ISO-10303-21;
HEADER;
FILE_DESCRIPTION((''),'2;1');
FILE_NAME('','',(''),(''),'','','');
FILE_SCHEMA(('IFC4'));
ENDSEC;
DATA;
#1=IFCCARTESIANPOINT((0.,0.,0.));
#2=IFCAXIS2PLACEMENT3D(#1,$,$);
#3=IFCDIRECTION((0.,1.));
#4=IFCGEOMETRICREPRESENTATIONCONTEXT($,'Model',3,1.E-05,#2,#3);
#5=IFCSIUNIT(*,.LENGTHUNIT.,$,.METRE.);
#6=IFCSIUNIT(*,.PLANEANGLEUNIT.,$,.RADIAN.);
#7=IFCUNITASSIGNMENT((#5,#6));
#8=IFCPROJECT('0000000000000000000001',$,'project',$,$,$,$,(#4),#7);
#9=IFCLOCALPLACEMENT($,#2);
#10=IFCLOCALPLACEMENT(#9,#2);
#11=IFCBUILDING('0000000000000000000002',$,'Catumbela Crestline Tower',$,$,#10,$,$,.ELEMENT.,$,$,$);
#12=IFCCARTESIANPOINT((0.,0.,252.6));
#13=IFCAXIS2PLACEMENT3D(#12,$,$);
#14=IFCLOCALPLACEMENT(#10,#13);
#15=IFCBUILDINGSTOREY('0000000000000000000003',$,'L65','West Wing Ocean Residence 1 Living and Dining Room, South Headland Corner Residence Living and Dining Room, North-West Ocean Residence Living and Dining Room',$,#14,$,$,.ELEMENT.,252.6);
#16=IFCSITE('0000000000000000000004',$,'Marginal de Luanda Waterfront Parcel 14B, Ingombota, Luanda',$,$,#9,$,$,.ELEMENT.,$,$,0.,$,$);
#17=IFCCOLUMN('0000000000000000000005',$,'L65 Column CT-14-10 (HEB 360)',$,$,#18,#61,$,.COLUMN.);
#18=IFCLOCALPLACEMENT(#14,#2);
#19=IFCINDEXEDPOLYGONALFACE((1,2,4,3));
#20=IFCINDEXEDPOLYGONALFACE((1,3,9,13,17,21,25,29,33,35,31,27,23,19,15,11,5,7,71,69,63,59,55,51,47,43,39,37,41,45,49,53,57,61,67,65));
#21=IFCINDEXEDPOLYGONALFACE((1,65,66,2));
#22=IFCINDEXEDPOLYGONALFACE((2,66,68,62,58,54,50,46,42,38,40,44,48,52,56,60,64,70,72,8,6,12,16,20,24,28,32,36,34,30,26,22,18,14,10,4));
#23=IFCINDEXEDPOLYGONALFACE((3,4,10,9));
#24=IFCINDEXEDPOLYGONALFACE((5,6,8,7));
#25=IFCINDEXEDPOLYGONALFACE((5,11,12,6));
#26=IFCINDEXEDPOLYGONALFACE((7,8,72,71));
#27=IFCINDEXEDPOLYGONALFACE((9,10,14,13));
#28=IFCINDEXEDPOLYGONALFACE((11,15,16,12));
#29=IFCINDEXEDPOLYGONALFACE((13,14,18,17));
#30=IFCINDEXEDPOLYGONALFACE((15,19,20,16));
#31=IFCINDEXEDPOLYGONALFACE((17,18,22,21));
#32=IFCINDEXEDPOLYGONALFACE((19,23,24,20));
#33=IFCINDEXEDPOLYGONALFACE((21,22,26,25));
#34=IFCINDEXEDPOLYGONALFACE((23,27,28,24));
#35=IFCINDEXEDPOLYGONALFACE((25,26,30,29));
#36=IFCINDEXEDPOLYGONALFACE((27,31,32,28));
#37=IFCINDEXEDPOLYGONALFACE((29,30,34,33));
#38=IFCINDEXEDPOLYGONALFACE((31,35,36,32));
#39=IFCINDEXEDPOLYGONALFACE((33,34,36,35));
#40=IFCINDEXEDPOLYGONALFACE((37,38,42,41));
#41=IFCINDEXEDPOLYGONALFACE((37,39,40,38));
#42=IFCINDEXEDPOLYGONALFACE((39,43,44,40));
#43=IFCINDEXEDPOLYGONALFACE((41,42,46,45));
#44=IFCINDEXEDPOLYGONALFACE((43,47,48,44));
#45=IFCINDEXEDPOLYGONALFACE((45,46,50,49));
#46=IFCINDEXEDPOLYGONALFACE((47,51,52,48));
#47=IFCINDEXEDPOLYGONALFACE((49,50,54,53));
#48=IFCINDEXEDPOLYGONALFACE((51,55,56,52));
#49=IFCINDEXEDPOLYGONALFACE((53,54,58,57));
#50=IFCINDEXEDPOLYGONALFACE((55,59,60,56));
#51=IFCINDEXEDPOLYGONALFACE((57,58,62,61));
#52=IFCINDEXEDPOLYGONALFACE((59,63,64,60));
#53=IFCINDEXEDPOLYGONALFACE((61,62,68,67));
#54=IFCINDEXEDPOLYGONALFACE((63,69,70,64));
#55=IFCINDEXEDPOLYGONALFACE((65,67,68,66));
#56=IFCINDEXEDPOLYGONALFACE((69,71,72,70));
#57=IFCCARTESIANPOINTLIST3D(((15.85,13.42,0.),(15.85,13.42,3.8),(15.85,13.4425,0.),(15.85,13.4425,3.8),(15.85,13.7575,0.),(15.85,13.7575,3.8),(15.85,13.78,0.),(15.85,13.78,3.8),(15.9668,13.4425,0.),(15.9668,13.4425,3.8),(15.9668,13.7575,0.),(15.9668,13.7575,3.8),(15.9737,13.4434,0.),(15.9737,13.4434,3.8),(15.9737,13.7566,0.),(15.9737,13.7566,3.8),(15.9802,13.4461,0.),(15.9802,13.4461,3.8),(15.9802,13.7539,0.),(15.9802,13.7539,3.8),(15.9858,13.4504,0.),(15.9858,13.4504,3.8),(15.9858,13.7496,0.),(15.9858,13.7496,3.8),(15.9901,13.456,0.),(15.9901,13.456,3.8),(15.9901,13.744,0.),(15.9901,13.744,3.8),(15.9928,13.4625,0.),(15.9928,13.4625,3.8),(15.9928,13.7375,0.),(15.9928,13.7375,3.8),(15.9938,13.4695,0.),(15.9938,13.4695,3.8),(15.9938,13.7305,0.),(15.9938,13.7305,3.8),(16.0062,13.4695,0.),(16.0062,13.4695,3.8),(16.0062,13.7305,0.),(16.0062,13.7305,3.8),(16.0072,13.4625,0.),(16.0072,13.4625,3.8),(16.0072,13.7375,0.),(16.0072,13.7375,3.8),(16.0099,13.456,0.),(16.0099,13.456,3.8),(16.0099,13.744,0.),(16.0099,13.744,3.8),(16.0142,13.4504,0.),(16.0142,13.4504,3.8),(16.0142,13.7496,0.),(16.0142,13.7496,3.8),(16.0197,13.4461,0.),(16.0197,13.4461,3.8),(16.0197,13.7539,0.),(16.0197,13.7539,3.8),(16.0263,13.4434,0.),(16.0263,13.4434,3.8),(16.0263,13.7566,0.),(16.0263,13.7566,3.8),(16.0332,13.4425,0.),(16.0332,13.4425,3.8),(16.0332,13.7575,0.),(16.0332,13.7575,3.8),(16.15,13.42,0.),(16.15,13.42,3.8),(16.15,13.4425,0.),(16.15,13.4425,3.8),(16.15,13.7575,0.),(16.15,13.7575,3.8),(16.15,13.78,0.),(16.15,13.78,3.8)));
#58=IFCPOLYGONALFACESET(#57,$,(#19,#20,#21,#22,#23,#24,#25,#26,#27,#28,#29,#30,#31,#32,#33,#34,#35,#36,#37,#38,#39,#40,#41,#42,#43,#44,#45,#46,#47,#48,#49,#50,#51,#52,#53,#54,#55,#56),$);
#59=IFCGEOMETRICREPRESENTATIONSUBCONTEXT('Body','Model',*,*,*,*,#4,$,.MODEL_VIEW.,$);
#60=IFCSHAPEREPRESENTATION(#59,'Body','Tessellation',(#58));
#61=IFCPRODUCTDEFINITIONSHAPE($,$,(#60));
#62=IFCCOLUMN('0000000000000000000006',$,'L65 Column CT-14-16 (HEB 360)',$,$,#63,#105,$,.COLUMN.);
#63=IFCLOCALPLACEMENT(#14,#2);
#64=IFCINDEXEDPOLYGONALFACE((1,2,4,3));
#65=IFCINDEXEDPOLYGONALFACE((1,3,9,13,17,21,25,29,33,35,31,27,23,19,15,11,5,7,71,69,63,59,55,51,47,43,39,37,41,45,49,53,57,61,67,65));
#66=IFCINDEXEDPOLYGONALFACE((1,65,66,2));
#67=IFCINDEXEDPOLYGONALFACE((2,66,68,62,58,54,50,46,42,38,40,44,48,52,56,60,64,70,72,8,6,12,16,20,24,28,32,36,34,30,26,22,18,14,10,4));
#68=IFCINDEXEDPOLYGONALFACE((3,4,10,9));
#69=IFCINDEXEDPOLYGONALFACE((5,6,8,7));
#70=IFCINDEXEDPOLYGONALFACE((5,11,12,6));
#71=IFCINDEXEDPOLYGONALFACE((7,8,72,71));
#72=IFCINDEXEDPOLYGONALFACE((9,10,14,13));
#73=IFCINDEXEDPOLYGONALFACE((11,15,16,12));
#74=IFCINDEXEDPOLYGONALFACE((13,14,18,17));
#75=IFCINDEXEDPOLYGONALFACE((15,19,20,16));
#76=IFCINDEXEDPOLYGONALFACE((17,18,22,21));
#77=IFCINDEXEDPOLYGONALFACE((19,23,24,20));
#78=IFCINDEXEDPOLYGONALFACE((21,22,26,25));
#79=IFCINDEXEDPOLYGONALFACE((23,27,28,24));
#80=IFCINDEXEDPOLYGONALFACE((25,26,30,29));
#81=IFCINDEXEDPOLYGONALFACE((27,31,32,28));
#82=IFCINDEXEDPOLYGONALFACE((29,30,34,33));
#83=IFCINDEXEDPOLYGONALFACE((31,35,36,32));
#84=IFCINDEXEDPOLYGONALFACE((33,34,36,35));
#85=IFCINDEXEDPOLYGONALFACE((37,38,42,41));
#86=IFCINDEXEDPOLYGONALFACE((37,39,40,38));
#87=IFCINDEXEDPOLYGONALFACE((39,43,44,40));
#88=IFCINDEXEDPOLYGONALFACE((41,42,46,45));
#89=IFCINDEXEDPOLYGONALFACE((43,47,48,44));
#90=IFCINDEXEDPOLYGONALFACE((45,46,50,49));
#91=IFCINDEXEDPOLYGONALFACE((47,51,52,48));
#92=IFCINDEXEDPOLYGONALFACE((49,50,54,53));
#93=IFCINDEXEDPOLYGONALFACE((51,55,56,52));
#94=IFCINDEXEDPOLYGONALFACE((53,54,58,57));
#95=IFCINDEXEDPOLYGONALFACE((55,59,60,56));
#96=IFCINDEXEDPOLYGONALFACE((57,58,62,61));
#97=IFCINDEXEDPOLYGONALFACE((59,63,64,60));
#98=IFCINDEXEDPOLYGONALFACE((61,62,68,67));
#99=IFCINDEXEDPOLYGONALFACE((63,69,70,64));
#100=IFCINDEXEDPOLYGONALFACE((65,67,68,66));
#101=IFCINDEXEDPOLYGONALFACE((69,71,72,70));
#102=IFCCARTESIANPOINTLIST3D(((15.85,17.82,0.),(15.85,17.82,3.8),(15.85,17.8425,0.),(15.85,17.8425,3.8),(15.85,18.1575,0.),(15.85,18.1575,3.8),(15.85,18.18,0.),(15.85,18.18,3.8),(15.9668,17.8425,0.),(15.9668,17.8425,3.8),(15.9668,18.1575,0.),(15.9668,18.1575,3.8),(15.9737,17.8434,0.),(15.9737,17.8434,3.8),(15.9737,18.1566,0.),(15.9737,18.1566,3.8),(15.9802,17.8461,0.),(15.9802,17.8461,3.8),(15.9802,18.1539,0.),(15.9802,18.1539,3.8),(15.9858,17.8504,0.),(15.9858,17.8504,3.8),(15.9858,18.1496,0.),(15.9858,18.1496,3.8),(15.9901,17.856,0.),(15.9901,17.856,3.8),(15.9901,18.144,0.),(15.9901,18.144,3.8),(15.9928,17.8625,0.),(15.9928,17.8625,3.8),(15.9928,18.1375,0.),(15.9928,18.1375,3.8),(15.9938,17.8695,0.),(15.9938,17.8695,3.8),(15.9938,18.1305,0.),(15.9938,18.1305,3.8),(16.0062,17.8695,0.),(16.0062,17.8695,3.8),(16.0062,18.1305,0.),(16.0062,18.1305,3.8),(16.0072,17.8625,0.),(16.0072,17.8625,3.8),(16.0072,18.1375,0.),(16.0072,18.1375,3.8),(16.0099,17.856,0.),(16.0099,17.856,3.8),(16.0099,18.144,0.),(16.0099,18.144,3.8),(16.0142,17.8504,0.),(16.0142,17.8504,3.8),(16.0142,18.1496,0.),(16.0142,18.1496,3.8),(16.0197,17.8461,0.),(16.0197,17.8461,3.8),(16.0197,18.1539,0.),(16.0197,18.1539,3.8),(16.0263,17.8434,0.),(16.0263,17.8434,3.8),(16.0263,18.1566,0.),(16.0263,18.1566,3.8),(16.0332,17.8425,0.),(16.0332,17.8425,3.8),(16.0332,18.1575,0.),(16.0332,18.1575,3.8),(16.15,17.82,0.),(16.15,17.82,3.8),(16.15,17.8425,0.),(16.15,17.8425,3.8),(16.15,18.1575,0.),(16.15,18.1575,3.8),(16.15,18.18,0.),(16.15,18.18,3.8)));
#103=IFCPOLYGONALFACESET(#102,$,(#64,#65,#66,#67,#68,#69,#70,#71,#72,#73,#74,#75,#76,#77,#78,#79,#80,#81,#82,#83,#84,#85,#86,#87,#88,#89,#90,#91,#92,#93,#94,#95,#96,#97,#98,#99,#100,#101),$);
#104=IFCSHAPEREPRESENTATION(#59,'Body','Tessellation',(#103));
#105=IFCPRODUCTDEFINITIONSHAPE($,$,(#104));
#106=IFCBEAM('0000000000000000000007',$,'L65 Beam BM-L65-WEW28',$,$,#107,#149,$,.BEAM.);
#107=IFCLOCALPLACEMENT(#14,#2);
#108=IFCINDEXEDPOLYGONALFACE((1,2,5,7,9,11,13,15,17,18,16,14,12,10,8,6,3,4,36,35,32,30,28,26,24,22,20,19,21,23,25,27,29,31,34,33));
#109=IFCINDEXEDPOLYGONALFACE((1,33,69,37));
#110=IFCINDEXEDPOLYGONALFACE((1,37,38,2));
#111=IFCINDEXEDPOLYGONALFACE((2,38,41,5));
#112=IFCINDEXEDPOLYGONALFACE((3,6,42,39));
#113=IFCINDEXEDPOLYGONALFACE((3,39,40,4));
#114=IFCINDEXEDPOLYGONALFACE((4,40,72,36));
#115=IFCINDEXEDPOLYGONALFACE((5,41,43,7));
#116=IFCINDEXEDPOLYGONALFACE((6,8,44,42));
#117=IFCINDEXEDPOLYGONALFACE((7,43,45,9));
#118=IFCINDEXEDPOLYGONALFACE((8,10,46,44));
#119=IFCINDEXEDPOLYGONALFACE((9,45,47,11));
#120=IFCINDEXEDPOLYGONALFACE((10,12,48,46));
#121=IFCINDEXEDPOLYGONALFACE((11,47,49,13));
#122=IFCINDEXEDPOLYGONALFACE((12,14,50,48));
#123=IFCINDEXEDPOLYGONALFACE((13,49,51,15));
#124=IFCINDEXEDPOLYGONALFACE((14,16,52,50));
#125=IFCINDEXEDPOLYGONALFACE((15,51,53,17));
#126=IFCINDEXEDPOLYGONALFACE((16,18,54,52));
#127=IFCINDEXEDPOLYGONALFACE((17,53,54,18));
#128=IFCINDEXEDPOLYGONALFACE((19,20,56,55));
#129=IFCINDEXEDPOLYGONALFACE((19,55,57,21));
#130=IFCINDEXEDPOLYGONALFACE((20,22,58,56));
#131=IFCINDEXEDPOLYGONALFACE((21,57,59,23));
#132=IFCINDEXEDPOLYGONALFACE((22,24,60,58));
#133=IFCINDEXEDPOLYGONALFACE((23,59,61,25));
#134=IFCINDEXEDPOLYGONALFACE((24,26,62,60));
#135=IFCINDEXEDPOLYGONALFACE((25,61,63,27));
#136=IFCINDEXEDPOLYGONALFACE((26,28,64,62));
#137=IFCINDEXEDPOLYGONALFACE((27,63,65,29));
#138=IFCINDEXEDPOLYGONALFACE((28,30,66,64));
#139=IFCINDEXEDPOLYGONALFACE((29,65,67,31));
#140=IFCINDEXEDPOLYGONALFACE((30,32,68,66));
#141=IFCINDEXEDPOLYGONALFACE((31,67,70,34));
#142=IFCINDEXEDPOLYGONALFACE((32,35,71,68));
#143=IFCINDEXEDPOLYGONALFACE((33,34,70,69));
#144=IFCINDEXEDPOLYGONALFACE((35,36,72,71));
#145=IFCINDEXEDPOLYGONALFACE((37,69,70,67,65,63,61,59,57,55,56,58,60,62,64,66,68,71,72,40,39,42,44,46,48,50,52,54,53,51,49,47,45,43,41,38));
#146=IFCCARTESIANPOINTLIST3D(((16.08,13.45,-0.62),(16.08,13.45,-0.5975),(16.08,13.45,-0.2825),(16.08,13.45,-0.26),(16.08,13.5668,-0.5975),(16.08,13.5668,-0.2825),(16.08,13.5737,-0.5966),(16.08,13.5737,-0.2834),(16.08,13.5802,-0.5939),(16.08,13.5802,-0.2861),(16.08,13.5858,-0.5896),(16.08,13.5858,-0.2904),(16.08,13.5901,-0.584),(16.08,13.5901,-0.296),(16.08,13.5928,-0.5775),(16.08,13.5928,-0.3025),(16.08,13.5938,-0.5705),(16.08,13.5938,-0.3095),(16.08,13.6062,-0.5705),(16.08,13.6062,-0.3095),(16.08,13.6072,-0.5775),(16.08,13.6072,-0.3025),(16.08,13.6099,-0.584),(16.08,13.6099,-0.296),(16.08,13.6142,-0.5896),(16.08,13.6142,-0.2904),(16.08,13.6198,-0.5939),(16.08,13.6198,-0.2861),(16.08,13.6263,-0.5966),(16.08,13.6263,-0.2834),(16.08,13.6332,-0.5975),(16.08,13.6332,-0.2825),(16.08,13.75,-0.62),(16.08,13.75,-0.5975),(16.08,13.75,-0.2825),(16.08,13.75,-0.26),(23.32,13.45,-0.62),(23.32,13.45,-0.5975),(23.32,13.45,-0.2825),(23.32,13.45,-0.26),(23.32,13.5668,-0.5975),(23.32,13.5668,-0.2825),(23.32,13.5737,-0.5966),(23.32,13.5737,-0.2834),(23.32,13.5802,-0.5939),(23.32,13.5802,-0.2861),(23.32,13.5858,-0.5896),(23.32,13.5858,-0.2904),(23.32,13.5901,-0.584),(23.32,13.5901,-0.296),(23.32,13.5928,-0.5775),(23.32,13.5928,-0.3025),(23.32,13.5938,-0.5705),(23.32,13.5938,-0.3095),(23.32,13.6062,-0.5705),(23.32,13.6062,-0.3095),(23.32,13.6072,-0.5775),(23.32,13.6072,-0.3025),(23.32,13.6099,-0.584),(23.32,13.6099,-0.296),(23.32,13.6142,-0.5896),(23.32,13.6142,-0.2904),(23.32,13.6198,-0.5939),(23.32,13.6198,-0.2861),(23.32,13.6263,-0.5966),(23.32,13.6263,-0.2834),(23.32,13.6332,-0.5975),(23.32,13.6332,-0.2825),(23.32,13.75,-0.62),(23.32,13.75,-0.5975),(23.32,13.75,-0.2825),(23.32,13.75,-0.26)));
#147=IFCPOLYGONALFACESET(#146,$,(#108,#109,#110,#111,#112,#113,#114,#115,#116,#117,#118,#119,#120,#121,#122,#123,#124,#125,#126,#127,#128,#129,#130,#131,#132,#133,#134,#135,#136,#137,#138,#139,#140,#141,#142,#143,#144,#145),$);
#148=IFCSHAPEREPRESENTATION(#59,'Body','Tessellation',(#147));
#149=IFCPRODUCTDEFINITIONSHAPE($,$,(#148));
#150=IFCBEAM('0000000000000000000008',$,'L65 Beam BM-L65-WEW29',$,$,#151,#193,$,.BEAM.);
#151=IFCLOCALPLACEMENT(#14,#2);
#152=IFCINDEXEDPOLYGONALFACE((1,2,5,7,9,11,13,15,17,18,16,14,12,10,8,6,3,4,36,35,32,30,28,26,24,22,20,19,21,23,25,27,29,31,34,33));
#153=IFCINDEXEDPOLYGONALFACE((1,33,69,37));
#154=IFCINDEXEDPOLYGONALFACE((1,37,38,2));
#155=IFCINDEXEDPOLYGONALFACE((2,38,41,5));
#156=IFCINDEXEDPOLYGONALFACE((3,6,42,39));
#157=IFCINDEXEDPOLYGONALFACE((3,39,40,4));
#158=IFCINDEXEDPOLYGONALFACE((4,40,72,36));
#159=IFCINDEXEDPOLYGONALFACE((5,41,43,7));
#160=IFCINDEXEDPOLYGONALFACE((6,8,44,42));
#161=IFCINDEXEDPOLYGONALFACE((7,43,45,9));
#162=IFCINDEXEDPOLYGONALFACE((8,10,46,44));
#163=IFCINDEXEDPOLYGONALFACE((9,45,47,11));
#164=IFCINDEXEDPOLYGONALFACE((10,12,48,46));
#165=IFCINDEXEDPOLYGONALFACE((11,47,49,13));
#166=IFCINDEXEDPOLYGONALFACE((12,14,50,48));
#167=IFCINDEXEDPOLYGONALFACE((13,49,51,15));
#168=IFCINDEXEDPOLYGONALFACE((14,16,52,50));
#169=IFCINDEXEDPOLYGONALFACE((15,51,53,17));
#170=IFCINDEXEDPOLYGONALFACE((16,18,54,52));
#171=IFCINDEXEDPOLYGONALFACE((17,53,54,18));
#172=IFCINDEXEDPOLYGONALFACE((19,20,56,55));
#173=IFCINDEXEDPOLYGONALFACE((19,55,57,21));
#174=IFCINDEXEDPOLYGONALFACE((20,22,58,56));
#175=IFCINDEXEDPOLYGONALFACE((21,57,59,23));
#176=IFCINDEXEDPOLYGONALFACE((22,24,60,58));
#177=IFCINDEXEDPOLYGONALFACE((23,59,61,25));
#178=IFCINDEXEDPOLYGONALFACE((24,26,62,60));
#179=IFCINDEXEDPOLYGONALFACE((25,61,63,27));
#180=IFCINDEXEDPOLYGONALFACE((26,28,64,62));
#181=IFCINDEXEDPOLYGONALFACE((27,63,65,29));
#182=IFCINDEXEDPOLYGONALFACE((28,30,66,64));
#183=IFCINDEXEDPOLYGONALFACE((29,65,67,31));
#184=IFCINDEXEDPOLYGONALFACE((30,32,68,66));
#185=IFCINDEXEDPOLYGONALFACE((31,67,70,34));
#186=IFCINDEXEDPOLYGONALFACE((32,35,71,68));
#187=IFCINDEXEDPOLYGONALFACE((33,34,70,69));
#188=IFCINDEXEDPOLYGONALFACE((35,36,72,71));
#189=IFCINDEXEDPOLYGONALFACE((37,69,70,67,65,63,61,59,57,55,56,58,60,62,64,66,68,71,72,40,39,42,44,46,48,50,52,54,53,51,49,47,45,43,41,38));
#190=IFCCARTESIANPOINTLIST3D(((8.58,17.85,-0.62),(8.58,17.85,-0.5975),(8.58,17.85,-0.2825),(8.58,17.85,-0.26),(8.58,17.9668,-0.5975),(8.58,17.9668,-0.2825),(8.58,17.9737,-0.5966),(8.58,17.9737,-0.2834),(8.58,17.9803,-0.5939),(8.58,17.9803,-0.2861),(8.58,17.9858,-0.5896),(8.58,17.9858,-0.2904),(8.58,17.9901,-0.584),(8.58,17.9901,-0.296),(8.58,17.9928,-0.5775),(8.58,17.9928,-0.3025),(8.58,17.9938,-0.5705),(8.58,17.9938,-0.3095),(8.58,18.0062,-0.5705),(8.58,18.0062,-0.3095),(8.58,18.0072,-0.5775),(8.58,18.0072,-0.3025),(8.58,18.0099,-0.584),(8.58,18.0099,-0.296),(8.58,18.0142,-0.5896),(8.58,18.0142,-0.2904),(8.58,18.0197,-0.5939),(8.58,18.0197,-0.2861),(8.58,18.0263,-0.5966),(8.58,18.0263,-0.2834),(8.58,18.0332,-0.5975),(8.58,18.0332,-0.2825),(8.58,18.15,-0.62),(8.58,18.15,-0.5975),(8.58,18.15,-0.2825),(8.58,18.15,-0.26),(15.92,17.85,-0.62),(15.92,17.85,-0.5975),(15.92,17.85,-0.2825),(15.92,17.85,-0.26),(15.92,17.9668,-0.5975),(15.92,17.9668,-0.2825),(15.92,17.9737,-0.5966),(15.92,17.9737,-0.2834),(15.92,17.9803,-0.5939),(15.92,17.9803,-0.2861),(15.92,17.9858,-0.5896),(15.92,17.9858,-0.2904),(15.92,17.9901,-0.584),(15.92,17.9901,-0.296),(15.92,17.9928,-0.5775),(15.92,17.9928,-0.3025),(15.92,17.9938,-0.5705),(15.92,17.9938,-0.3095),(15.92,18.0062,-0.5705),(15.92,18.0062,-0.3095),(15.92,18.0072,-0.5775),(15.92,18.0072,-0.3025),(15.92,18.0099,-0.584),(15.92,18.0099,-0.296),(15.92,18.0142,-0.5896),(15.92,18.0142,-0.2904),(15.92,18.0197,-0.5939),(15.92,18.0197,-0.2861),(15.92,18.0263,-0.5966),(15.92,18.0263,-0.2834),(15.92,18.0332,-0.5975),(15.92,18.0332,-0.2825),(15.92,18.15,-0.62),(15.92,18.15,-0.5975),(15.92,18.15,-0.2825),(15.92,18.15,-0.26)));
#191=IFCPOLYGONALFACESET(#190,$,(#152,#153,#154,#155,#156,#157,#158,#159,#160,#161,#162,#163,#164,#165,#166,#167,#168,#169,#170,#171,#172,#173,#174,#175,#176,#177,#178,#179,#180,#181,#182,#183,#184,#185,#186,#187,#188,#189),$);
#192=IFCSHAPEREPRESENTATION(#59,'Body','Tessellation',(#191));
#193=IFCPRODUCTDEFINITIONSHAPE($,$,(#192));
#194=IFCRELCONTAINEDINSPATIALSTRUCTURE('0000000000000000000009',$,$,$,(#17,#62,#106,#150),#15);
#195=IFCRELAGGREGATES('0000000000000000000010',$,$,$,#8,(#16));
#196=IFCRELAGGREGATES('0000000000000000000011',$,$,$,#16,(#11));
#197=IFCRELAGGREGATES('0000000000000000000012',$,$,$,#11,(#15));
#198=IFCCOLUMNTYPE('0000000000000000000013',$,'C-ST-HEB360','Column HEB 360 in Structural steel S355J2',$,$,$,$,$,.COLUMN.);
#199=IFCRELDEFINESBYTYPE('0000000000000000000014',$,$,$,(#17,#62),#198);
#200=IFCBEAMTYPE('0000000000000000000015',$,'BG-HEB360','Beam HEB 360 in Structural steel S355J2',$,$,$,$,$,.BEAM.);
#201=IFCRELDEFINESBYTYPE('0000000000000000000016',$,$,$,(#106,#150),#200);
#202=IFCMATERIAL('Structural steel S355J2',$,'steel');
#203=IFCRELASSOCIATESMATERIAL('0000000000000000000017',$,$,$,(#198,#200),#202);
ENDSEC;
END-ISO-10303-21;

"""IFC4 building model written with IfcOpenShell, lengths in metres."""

from ifc_helpers import new_model, si_unit, direction, frame, origin, origin_2d, place, context, subcontext, project, spatial, i_section, extrude, material, material_profile, profile_set, type_object, element, save


model = new_model("IFC4")

# Units and contexts
model_context = context("Model", 3, precision=1e-05, world=origin(), true_north=direction((0.0, 1.0)))
body_context = subcontext(model_context, "Body", "Model", "MODEL_VIEW")
ifc_project = project(units=[si_unit("LENGTHUNIT", "METRE"), si_unit("PLANEANGLEUNIT", "RADIAN")], contexts=[model_context])

# Site, building, storey
site_placement = place(None, origin())
site = spatial("IfcSite", under=ifc_project, at=site_placement, Name="Marginal de Luanda Waterfront Parcel 14B, Ingombota, Luanda", CompositionType="ELEMENT", RefElevation=0.0)
building_placement = place(site_placement, origin())
building = spatial("IfcBuilding", under=site, at=building_placement, Name="Catumbela Crestline Tower", CompositionType="ELEMENT")
storey_placement = place(building_placement, frame((0.0, 0.0, 252.6)))
storey = spatial("IfcBuildingStorey", under=building, at=storey_placement, Name="L65", Description="West Wing Ocean Residence 1 Living and Dining Room, South Headland Corner Residence Living and Dining Room, North-West Ocean Residence Living and Dining Room", CompositionType="ELEMENT", Elevation=252.6)

# Columns
ifc_material_1 = material(Name="Structural steel S355J2", Category="steel")
ifc_material_profile_1 = material_profile(ifc_material_1, i_section(OverallWidth=0.3, OverallDepth=0.36, WebThickness=0.0125, FlangeThickness=0.0225, FilletRadius=0.027, at=origin_2d()), Name="HEB 360")
ifc_profile_set_1 = profile_set([ifc_material_profile_1], Name="Structural steel S355J2")
column_type = type_object("IfcColumnType", Name="C-ST-HEB360", Description="Column HEB 360 in Structural steel S355J2", PredefinedType="COLUMN", material=ifc_profile_set_1)
for number, where, z_axis, x_axis, name in (
    (1, (16.0, 13.6, 0.0), (0.0, 0.0, 1.0), (1.0, 0.0, 0.0), "L65 Column CT-14-10 (HEB 360)"),
    (2, (16.0, 18.0, 0.0), (0.0, 0.0, 1.0), (1.0, 0.0, 0.0), "L65 Column CT-14-16 (HEB 360)"),
):
    element("IfcColumn", number, at=place(storey_placement, frame(where, z_axis=z_axis, x_axis=x_axis)), inside=storey, type_object=column_type, Name=name, PredefinedType="COLUMN", context=body_context, shape_type="SweptSolid", body=[
        extrude(i_section(OverallWidth=0.3, OverallDepth=0.36, WebThickness=0.0125, FlangeThickness=0.0225, FilletRadius=0.027, at=origin_2d()), origin(), (0.0, 0.0, 1.0), 3.8),
    ])

# Beams
ifc_material_profile_2 = material_profile(ifc_material_1, i_section(OverallWidth=0.3, OverallDepth=0.36, WebThickness=0.0125, FlangeThickness=0.0225, FilletRadius=0.027, at=origin_2d()), Name="HEB 360")
ifc_profile_set_2 = profile_set([ifc_material_profile_2], Name="Structural steel S355J2")
beam_type_1 = type_object("IfcBeamType", Name="BG-HEB360", Description="Beam HEB 360 in Structural steel S355J2", PredefinedType="BEAM", material=ifc_profile_set_2)
beam_1_placement = place(storey_placement, frame((16.08, 13.6, -0.44), z_axis=(1.0, 0.0, 0.0), x_axis=(0.0, 1.0, 0.0)))
element("IfcBeam", 3, at=beam_1_placement, inside=storey, type_object=beam_type_1, Name="L65 Beam BM-L65-WEW28", PredefinedType="BEAM", context=body_context, shape_type="SweptSolid", body=[
    extrude(i_section(OverallWidth=0.3, OverallDepth=0.36, WebThickness=0.0125, FlangeThickness=0.0225, FilletRadius=0.027, at=origin_2d()), origin(), (0.0, 0.0, 1.0), 7.24),
])
beam_2_placement = place(storey_placement, frame((8.58, 18.0, -0.44), z_axis=(1.0, 0.0, 0.0), x_axis=(0.0, 1.0, 0.0)))
element("IfcBeam", 4, at=beam_2_placement, inside=storey, type_object=beam_type_1, Name="L65 Beam BM-L65-WEW29", PredefinedType="BEAM", context=body_context, shape_type="SweptSolid", body=[
    extrude(i_section(OverallWidth=0.3, OverallDepth=0.36, WebThickness=0.0125, FlangeThickness=0.0225, FilletRadius=0.027, at=origin_2d()), origin(), (0.0, 0.0, 1.0), 7.34),
])

save(model, "model.ifc")
